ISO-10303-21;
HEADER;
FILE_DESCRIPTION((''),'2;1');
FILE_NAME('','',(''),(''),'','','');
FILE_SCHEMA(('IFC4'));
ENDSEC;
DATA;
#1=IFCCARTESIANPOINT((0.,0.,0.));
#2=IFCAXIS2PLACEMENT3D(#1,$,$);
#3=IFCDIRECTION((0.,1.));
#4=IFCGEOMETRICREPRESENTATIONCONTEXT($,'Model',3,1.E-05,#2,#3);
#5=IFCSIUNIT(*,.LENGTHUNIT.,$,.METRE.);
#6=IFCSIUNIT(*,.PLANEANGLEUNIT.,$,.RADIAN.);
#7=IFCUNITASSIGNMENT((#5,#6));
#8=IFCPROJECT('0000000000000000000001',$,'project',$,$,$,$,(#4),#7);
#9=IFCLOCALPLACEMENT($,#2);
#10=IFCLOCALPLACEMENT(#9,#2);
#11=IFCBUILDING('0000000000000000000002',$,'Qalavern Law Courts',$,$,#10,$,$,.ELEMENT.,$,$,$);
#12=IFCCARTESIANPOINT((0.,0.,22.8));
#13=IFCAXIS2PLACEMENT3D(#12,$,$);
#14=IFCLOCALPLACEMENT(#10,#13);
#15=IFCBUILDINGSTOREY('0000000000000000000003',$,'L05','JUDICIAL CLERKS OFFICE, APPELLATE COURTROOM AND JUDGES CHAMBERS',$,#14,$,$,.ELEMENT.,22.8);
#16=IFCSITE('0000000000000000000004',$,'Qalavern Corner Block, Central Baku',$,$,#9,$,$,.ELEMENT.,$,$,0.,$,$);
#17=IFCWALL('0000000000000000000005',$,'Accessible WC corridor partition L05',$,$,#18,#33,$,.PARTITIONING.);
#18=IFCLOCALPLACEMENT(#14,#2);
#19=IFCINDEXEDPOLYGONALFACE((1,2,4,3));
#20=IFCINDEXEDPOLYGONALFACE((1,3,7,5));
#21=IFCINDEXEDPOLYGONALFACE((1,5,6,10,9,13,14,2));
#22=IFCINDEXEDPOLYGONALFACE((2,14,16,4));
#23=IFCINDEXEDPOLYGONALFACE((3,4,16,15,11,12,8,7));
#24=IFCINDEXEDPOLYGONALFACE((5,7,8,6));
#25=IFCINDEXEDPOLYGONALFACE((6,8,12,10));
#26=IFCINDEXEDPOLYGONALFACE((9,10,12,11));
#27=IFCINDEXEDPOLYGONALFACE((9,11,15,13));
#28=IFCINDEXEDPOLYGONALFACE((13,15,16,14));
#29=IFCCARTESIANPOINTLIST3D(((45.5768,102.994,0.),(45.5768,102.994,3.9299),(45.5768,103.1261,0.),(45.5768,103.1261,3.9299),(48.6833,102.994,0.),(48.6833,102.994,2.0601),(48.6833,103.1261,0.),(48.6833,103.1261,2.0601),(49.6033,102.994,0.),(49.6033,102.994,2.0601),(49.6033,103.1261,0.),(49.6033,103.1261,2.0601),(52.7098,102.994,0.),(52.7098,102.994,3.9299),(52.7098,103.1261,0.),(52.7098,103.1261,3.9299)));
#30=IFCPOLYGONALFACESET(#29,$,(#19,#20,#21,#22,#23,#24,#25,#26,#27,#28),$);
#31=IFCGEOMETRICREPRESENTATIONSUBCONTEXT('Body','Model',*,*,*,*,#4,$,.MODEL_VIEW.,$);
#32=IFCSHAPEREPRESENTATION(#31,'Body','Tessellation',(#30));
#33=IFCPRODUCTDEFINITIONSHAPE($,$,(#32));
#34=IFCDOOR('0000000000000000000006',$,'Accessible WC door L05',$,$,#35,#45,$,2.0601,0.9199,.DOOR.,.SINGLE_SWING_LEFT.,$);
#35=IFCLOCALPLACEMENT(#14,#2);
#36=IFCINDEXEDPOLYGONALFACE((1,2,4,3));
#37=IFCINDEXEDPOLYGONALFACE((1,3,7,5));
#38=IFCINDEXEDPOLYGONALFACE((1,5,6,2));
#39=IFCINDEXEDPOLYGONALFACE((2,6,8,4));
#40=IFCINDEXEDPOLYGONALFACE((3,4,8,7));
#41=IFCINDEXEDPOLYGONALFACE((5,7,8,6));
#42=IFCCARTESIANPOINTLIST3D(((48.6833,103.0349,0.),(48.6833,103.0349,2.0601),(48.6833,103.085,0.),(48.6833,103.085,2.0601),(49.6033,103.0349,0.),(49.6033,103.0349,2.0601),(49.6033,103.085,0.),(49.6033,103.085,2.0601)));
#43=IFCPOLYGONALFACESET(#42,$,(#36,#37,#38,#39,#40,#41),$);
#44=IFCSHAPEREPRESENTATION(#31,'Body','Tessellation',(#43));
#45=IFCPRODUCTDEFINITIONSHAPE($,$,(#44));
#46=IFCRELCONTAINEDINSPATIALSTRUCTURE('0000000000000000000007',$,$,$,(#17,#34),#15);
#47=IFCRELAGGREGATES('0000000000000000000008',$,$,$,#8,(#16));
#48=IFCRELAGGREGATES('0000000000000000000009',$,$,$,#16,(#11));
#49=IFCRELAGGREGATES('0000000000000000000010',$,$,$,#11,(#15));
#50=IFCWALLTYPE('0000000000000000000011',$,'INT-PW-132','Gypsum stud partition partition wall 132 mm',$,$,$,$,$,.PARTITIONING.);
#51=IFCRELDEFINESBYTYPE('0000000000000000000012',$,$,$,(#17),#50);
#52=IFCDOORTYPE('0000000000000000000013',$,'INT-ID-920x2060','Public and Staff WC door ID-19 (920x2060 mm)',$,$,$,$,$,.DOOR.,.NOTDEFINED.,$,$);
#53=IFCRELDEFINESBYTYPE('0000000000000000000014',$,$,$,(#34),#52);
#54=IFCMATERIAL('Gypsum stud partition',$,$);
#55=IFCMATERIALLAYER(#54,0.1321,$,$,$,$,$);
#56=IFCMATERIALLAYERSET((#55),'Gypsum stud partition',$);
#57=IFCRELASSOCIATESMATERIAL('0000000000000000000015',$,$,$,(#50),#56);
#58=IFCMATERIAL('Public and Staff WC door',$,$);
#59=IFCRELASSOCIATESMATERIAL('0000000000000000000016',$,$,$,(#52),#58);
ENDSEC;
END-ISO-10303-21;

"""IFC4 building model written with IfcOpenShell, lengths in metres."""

from ifc_helpers import new_model, si_unit, direction, frame, frame_2d, origin, place, context, subcontext, project, spatial, rectangle, extrude, material, layer, layer_set, type_object, element, fill, save


model = new_model("IFC4")

# Units and contexts
model_context = context("Model", 3, precision=1e-05, world=origin(), true_north=direction((0.0, 1.0)))
body_context = subcontext(model_context, "Body", "Model", "MODEL_VIEW")
ifc_project = project(units=[si_unit("LENGTHUNIT", "METRE"), si_unit("PLANEANGLEUNIT", "RADIAN")], contexts=[model_context])

# Site, building, storey
site_placement = place(None, origin())
site = spatial("IfcSite", under=ifc_project, at=site_placement, Name="Qalavern Corner Block, Central Baku", CompositionType="ELEMENT", RefElevation=0.0)
building_placement = place(site_placement, origin())
building = spatial("IfcBuilding", under=site, at=building_placement, Name="Qalavern Law Courts", CompositionType="ELEMENT")
storey_placement = place(building_placement, frame((0.0, 0.0, 22.8)))
storey = spatial("IfcBuildingStorey", under=building, at=storey_placement, Name="L05", Description="JUDICIAL CLERKS OFFICE, APPELLATE COURTROOM AND JUDGES CHAMBERS", CompositionType="ELEMENT", Elevation=22.8)

# Wall, opening, door
ifc_material_1 = material(Name="Gypsum stud partition")
ifc_layer_1 = layer(ifc_material_1, 0.1321)
ifc_layer_set_1 = layer_set([ifc_layer_1], Name="Gypsum stud partition")
wall_type = type_object("IfcWallType", Name="INT-PW-132", Description="Gypsum stud partition partition wall 132 mm", PredefinedType="PARTITIONING", material=ifc_layer_set_1)
wall_placement = place(storey_placement, frame((45.5769, 103.0601, 0.0), z_axis=(0.0, 0.0, 1.0), x_axis=(1.0, 0.0, 0.0)))
wall = element("IfcWall", 1, at=wall_placement, inside=storey, type_object=wall_type, Name="Accessible WC corridor partition L05", PredefinedType="PARTITIONING", context=body_context, shape_type="SweptSolid", body=[
    extrude(rectangle(XDim=7.1331, YDim=0.1321, at=frame_2d((3.5664, 0.0))), origin(), (0.0, 0.0, 1.0), 3.9299),
])
opening_placement = place(wall_placement, frame((3.1064, 0.0, 0.0)))
opening = element("IfcOpeningElement", 2, at=opening_placement, cuts=wall, PredefinedType="OPENING", context=body_context, shape_type="SweptSolid", body=[
    extrude(rectangle(XDim=0.9199, YDim=2.0601, at=frame_2d((0.46, 1.03))), frame((0.0, 0.0811, 0.0), z_axis=(0.0, -1.0, 0.0), x_axis=(1.0, 0.0, 0.0)), (0.0, 0.0, 1.0), 0.1619),
])
ifc_material_2 = material(Name="Public and Staff WC door")
door_type = type_object("IfcDoorType", Name="INT-ID-920x2060", Description="Public and Staff WC door ID-19 (920x2060 mm)", OperationType="NOTDEFINED", PredefinedType="DOOR", material=ifc_material_2)
door_placement = place(opening_placement, origin())
door = element("IfcDoor", 3, at=door_placement, inside=storey, type_object=door_type, Name="Accessible WC door L05", OperationType="SINGLE_SWING_LEFT", OverallHeight=2.0601, OverallWidth=0.9199, PredefinedType="DOOR", context=body_context, shape_type="SweptSolid", body=[
    extrude(rectangle(XDim=0.9199, YDim=2.0601, at=frame_2d((0.46, 1.03))), frame((0.0, 0.0249, 0.0), z_axis=(0.0, -1.0, 0.0), x_axis=(1.0, 0.0, 0.0)), (0.0, 0.0, 1.0), 0.05),
])
fill(opening, door)

save(model, "model.ifc")
